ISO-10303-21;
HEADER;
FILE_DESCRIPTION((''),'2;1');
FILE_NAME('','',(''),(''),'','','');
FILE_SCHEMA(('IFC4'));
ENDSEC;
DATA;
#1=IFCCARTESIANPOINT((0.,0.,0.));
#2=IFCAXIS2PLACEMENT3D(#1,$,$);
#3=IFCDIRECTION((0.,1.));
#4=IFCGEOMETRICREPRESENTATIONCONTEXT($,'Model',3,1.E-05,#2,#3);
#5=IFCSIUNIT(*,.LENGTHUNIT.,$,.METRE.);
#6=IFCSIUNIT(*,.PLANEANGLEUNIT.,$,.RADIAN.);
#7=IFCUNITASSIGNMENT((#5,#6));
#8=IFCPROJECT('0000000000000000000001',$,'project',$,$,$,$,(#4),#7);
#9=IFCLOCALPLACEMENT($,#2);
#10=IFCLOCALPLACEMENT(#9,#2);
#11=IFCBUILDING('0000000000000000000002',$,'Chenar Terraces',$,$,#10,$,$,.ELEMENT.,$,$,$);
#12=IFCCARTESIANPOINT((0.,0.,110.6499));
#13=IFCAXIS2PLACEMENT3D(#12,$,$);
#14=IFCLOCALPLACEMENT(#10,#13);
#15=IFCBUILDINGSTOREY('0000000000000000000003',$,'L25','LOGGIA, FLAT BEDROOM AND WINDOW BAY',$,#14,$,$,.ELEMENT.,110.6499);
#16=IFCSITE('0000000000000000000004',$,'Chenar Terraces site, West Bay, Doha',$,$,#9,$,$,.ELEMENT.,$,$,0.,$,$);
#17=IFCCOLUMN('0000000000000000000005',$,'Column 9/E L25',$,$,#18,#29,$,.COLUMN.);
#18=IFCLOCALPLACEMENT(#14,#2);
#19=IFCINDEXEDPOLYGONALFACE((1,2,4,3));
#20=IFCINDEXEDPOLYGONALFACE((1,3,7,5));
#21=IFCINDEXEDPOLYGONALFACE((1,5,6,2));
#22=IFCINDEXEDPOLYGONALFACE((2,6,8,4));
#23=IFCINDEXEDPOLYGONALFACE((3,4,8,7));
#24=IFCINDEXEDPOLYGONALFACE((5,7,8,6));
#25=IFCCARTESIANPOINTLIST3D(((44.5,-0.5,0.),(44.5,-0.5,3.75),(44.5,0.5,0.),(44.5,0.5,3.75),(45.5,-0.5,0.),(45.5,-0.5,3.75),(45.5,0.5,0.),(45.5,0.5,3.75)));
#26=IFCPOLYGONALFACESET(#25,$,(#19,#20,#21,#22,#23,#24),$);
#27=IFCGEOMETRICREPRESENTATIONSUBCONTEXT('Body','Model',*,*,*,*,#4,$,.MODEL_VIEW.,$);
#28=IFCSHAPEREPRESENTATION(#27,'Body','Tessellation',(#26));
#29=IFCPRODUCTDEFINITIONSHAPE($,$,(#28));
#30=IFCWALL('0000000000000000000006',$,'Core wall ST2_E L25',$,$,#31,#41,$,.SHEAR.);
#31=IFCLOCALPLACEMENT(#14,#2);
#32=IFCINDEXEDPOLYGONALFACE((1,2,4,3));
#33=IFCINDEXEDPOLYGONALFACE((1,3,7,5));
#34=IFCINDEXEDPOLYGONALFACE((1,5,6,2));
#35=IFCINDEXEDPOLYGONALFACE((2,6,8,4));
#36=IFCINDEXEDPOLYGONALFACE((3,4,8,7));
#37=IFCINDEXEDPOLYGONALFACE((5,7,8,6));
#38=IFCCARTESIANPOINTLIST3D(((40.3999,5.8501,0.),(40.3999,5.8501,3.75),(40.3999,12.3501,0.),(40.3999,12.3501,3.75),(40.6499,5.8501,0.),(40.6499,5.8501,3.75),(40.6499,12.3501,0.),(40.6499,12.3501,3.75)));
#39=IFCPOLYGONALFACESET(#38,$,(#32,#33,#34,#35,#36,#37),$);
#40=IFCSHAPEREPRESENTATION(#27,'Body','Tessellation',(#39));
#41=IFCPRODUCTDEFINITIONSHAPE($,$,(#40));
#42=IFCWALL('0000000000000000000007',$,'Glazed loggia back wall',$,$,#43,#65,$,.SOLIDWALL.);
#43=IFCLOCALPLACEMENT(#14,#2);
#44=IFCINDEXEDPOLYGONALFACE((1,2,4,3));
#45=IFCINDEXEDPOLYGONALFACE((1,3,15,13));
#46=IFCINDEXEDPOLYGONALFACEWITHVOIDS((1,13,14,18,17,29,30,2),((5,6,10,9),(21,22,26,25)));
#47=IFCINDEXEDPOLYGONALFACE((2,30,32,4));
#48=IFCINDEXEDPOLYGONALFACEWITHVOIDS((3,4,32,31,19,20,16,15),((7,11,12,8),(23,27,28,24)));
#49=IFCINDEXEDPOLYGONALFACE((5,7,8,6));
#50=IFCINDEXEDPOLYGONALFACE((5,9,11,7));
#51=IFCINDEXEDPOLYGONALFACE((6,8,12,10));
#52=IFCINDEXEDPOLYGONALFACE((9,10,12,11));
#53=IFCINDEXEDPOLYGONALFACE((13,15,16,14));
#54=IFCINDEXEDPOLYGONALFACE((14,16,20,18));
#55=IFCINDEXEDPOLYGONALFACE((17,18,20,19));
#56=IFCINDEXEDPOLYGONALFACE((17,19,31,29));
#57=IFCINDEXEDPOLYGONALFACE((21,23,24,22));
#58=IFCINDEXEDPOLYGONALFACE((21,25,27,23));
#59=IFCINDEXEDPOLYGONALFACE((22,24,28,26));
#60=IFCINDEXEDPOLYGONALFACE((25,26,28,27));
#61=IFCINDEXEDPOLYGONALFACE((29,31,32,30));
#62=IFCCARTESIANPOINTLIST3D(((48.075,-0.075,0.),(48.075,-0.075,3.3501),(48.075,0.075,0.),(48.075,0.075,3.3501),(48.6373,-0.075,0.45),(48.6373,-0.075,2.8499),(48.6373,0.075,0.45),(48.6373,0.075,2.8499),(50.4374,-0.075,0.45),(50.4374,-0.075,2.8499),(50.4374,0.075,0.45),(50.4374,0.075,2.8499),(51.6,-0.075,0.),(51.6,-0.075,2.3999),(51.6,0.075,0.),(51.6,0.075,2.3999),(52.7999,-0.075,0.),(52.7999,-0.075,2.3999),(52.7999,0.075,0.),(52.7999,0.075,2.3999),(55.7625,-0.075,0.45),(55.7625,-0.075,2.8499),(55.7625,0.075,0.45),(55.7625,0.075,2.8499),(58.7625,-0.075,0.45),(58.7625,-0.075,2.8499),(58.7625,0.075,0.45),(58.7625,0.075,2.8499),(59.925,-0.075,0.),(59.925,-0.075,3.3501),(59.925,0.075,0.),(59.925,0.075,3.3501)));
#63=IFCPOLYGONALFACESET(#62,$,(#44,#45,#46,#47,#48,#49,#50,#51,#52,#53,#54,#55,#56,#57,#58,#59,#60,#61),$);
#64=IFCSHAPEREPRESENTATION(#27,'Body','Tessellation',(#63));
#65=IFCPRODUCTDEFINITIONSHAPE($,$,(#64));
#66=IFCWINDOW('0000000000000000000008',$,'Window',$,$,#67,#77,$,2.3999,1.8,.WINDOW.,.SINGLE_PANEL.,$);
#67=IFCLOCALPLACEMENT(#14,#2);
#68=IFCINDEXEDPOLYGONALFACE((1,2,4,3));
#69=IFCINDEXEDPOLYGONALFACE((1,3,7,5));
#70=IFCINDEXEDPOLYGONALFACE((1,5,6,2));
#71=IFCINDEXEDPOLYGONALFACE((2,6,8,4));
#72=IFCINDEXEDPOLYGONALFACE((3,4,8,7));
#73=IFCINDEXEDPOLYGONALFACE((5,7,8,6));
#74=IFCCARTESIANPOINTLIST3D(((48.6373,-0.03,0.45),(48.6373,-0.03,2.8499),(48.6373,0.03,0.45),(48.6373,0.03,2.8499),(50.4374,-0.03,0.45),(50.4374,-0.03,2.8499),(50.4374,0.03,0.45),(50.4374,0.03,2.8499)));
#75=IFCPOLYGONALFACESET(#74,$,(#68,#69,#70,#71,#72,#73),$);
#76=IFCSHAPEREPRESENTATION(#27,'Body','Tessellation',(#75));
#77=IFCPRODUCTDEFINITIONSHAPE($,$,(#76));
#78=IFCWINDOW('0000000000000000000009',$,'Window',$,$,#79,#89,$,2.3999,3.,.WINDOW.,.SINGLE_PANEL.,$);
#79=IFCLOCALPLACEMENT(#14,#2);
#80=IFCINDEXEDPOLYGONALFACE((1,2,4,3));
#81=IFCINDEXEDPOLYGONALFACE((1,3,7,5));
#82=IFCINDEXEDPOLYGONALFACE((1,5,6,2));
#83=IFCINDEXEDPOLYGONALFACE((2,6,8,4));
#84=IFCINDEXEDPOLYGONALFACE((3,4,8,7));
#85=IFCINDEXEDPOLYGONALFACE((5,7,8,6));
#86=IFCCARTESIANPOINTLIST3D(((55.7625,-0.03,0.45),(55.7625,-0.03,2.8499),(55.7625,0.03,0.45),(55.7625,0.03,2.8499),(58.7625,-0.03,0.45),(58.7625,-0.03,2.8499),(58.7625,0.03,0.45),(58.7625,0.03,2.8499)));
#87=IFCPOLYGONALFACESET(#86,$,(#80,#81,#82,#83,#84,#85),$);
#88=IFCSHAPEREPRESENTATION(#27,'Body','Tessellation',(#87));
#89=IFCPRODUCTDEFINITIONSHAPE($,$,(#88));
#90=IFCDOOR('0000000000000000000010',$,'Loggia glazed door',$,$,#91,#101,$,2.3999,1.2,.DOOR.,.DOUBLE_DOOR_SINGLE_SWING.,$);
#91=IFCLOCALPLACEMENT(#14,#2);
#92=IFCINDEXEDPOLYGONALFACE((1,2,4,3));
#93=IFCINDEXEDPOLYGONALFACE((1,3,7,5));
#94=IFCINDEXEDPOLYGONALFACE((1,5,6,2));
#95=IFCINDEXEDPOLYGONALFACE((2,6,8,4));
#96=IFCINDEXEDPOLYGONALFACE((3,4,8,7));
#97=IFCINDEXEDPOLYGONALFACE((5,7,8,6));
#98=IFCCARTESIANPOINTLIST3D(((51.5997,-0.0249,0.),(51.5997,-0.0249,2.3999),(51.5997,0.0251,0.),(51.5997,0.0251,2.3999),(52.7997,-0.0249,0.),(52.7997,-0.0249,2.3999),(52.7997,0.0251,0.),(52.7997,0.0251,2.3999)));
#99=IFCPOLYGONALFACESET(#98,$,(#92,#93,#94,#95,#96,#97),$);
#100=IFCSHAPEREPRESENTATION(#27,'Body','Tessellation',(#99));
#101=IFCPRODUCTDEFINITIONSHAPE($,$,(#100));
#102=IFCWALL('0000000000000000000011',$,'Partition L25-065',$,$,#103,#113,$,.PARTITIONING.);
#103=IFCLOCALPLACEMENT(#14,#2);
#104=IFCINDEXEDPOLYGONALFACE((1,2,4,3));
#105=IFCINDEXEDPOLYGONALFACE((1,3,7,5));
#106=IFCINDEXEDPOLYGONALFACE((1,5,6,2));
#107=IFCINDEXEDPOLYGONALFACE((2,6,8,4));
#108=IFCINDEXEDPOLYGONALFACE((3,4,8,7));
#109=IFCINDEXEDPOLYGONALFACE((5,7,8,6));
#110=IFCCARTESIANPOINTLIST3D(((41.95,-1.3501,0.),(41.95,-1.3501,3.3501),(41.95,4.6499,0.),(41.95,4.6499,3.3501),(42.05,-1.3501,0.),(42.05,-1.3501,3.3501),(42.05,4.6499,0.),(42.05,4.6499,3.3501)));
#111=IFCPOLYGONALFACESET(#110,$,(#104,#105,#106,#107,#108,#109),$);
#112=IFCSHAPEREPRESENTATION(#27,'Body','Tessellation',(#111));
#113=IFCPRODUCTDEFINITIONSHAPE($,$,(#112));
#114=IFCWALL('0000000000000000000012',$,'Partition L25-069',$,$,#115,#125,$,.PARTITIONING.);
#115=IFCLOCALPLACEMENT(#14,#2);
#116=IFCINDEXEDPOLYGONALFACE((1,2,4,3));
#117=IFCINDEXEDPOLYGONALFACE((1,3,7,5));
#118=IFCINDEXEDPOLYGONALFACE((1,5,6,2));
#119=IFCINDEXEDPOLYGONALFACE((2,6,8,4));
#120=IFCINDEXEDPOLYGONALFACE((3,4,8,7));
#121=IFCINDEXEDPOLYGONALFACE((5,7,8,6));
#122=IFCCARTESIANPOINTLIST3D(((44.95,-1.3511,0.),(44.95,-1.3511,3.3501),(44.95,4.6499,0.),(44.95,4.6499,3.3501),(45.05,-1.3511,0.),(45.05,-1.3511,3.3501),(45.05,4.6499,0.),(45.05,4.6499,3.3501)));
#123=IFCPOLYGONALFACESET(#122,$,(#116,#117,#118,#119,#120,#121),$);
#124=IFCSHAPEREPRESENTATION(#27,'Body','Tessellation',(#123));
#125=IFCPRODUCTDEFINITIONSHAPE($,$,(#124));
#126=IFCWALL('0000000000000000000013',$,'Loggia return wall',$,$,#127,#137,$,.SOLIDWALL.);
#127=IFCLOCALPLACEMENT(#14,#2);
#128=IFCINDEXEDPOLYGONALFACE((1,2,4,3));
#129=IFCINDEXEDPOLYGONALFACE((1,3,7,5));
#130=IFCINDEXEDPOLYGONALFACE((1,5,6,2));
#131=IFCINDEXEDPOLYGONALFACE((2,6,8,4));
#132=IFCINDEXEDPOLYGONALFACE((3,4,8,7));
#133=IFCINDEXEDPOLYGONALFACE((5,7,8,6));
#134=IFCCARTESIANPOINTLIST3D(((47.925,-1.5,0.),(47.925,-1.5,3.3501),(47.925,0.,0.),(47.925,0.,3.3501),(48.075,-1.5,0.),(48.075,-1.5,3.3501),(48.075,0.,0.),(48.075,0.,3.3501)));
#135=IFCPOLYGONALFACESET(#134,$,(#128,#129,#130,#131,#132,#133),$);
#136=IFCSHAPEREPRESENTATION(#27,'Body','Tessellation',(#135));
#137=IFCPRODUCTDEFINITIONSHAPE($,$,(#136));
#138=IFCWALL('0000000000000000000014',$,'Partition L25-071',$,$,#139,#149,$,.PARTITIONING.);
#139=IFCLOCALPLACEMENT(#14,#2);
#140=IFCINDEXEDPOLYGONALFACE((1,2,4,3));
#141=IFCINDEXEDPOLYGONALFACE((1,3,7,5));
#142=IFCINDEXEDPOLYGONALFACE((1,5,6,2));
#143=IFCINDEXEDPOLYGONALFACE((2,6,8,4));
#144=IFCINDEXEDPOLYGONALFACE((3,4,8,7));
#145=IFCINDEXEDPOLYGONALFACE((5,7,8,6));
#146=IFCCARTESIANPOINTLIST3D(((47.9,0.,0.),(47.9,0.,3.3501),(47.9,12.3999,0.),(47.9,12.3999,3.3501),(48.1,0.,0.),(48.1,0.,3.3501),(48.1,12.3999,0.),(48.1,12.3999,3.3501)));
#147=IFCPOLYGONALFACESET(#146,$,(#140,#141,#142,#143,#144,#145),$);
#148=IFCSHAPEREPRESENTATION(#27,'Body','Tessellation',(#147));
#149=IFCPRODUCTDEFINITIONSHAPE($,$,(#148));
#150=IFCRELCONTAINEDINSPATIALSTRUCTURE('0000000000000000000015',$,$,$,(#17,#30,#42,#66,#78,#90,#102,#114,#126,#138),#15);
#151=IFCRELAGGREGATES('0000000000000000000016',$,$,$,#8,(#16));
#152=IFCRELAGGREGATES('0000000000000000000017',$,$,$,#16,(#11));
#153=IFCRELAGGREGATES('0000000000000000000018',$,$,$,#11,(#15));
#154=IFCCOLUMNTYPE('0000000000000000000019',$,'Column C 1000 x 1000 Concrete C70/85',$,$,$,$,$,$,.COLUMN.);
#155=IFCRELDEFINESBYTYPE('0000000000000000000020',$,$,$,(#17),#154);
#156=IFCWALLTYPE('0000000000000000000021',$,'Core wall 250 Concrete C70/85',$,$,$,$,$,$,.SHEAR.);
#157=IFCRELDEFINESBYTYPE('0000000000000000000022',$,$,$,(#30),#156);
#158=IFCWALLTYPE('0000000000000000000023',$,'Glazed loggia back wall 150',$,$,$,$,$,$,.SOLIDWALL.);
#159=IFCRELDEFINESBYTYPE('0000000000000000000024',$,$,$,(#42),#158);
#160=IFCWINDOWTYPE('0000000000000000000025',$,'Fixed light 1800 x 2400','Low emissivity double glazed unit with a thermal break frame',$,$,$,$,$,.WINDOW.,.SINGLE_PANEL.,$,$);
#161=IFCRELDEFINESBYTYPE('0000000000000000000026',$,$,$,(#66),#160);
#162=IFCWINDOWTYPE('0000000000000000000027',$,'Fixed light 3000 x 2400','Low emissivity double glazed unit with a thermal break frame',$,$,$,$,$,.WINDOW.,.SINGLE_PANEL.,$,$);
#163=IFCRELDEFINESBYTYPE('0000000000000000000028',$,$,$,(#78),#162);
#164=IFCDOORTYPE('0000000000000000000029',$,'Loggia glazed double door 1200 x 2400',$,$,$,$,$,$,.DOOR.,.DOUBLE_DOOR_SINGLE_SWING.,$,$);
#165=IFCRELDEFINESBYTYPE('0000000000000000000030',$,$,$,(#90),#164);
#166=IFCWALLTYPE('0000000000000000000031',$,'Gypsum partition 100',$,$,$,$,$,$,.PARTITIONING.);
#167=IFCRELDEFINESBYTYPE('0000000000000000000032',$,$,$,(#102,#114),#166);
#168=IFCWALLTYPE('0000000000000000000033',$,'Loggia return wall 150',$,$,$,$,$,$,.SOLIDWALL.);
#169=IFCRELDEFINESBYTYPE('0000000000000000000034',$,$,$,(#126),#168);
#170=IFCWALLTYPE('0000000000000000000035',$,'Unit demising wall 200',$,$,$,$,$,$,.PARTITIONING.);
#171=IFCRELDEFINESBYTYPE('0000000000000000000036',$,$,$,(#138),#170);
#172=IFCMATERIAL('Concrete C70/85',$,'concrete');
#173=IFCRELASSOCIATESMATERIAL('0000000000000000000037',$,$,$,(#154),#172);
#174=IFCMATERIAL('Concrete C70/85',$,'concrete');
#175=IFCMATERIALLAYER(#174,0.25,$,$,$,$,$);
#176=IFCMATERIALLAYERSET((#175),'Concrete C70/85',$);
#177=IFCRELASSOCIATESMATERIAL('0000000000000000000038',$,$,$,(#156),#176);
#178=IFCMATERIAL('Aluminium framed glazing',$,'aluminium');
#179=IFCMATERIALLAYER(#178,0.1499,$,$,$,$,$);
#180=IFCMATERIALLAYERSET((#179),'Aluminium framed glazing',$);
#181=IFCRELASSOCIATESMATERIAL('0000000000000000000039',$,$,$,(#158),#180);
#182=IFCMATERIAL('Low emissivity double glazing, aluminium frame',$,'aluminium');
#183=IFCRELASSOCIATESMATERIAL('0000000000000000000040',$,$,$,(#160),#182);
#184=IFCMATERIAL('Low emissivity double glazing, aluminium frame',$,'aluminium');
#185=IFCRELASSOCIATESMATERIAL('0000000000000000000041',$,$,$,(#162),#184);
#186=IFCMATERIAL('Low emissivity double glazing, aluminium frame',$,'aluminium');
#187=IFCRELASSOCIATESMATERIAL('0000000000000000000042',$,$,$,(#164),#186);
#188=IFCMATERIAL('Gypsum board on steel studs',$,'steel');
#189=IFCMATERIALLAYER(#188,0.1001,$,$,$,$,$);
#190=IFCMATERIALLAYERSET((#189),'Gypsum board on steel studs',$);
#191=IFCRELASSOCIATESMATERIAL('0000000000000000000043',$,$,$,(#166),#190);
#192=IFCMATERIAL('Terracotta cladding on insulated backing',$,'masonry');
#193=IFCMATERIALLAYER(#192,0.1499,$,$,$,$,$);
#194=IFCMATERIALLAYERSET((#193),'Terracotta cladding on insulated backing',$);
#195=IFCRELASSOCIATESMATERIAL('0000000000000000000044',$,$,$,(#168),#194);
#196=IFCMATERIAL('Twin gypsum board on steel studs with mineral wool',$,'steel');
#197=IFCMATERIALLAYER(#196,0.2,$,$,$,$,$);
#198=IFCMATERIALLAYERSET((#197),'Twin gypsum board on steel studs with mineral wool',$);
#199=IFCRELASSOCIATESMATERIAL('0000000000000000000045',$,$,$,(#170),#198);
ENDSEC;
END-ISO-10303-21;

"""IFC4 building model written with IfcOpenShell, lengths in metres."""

from ifc_helpers import new_model, si_unit, direction, frame, frame_2d, origin, origin_2d, place, context, subcontext, project, spatial, rectangle, extrude, material, layer, layer_set, material_profile, profile_set, type_object, element, fill, save


model = new_model("IFC4")

# Units and contexts
model_context = context("Model", 3, precision=1e-05, world=origin(), true_north=direction((0.0, 1.0)))
body_context = subcontext(model_context, "Body", "Model", "MODEL_VIEW")
ifc_project = project(units=[si_unit("LENGTHUNIT", "METRE"), si_unit("PLANEANGLEUNIT", "RADIAN")], contexts=[model_context])

# Site, building, storey
site_placement = place(None, origin())
site = spatial("IfcSite", under=ifc_project, at=site_placement, Name="Chenar Terraces site, West Bay, Doha", CompositionType="ELEMENT", RefElevation=0.0)
building_placement = place(site_placement, origin())
building = spatial("IfcBuilding", under=site, at=building_placement, Name="Chenar Terraces", CompositionType="ELEMENT")
storey_placement = place(building_placement, frame((0.0, 0.0, 110.6499)))
storey = spatial("IfcBuildingStorey", under=building, at=storey_placement, Name="L25", Description="LOGGIA, FLAT BEDROOM AND WINDOW BAY", CompositionType="ELEMENT", Elevation=110.6499)

# Column
ifc_material_1 = material(Name="Concrete C70/85", Category="concrete")
ifc_material_profile = material_profile(ifc_material_1, rectangle(XDim=1.0, YDim=1.0, at=origin_2d()), Name="C 1000 x 1000")
ifc_profile_set = profile_set([ifc_material_profile], Name="Concrete C70/85")
column_type = type_object("IfcColumnType", Name="Column C 1000 x 1000 Concrete C70/85", PredefinedType="COLUMN", material=ifc_profile_set)
column_placement = place(storey_placement, frame((45.0, 0.0, 0.0), z_axis=(0.0, 0.0, 1.0), x_axis=(1.0, 0.0, 0.0)))
element("IfcColumn", 1, at=column_placement, inside=storey, type_object=column_type, Name="Column 9/E L25", PredefinedType="COLUMN", context=body_context, shape_type="SweptSolid", body=[
    extrude(rectangle(XDim=1.0, YDim=1.0, at=origin_2d()), origin(), (0.0, 0.0, 1.0), 3.75),
])

# Wall
ifc_material_2 = material(Name="Concrete C70/85", Category="concrete")
ifc_layer_1 = layer(ifc_material_2, 0.25)
ifc_layer_set_1 = layer_set([ifc_layer_1], Name="Concrete C70/85")
wall_type_1 = type_object("IfcWallType", Name="Core wall 250 Concrete C70/85", PredefinedType="SHEAR", material=ifc_layer_set_1)
wall_1_placement = place(storey_placement, frame((40.5249, 5.8501, 0.0), z_axis=(0.0, 0.0, 1.0), x_axis=(0.0, 1.0, 0.0)))
element("IfcWall", 2, at=wall_1_placement, inside=storey, type_object=wall_type_1, Name="Core wall ST2_E L25", PredefinedType="SHEAR", context=body_context, shape_type="SweptSolid", body=[
    extrude(rectangle(XDim=6.5, YDim=0.25, at=frame_2d((3.25, 0.0))), origin(), (0.0, 0.0, 1.0), 3.75),
])

# Wall, openings, windows, door
ifc_material_3 = material(Name="Aluminium framed glazing", Category="aluminium")
ifc_layer_2 = layer(ifc_material_3, 0.1499)
ifc_layer_set_2 = layer_set([ifc_layer_2], Name="Aluminium framed glazing")
wall_type_2 = type_object("IfcWallType", Name="Glazed loggia back wall 150", PredefinedType="SOLIDWALL", material=ifc_layer_set_2)
wall_2_placement = place(storey_placement, frame((48.075, 0.0, 0.0), z_axis=(0.0, 0.0, 1.0), x_axis=(1.0, 0.0, 0.0)))
wall_2 = element("IfcWall", 3, at=wall_2_placement, inside=storey, type_object=wall_type_2, Name="Glazed loggia back wall", PredefinedType="SOLIDWALL", context=body_context, shape_type="SweptSolid", body=[
    extrude(rectangle(XDim=11.8501, YDim=0.1499, at=frame_2d((5.925, 0.0))), origin(), (0.0, 0.0, 1.0), 3.3501),
])
opening_1_placement = place(wall_2_placement, frame((0.5625, 0.0, 0.45)))
opening_1 = element("IfcOpeningElement", 4, at=opening_1_placement, cuts=wall_2, PredefinedType="OPENING", context=body_context, shape_type="SweptSolid", body=[
    extrude(rectangle(XDim=1.8, YDim=2.3999, at=frame_2d((0.8999, 1.2))), frame((0.0, 0.085, 0.0), z_axis=(0.0, -1.0, 0.0), x_axis=(1.0, 0.0, 0.0)), (0.0, 0.0, 1.0), 0.1699),
])
opening_2_placement = place(wall_2_placement, frame((3.5249, 0.0, 0.0)))
opening_2 = element("IfcOpeningElement", 5, at=opening_2_placement, cuts=wall_2, PredefinedType="OPENING", context=body_context, shape_type="SweptSolid", body=[
    extrude(rectangle(XDim=1.2, YDim=2.3999, at=frame_2d((0.6001, 1.2))), frame((0.0, 0.085, 0.0), z_axis=(0.0, -1.0, 0.0), x_axis=(1.0, 0.0, 0.0)), (0.0, 0.0, 1.0), 0.1699),
])
opening_3_placement = place(wall_2_placement, frame((7.6875, 0.0, 0.45)))
opening_3 = element("IfcOpeningElement", 6, at=opening_3_placement, cuts=wall_2, PredefinedType="OPENING", context=body_context, shape_type="SweptSolid", body=[
    extrude(rectangle(XDim=3.0, YDim=2.3999, at=frame_2d((1.5, 1.2))), frame((0.0, 0.085, 0.0), z_axis=(0.0, -1.0, 0.0), x_axis=(1.0, 0.0, 0.0)), (0.0, 0.0, 1.0), 0.1699),
])
ifc_material_4 = material(Name="Low emissivity double glazing, aluminium frame", Category="aluminium")
window_type_1 = type_object("IfcWindowType", Name="Fixed light 1800 x 2400", Description="Low emissivity double glazed unit with a thermal break frame", PartitioningType="SINGLE_PANEL", PredefinedType="WINDOW", material=ifc_material_4)
window_1_placement = place(opening_1_placement, origin())
window_1 = element("IfcWindow", 7, at=window_1_placement, inside=storey, type_object=window_type_1, Name="Window", OverallHeight=2.3999, OverallWidth=1.8, PartitioningType="SINGLE_PANEL", PredefinedType="WINDOW", context=body_context, shape_type="SweptSolid", body=[
    extrude(rectangle(XDim=1.8, YDim=2.3999, at=frame_2d((0.8999, 1.2))), frame((0.0, 0.03, 0.0), z_axis=(0.0, -1.0, 0.0), x_axis=(1.0, 0.0, 0.0)), (0.0, 0.0, 1.0), 0.0601),
])
fill(opening_1, window_1)
ifc_material_5 = material(Name="Low emissivity double glazing, aluminium frame", Category="aluminium")
window_type_2 = type_object("IfcWindowType", Name="Fixed light 3000 x 2400", Description="Low emissivity double glazed unit with a thermal break frame", PartitioningType="SINGLE_PANEL", PredefinedType="WINDOW", material=ifc_material_5)
window_2_placement = place(opening_3_placement, origin())
window_2 = element("IfcWindow", 8, at=window_2_placement, inside=storey, type_object=window_type_2, Name="Window", OverallHeight=2.3999, OverallWidth=3.0, PartitioningType="SINGLE_PANEL", PredefinedType="WINDOW", context=body_context, shape_type="SweptSolid", body=[
    extrude(rectangle(XDim=3.0, YDim=2.3999, at=frame_2d((1.5, 1.2))), frame((0.0, 0.03, 0.0), z_axis=(0.0, -1.0, 0.0), x_axis=(1.0, 0.0, 0.0)), (0.0, 0.0, 1.0), 0.0601),
])
fill(opening_3, window_2)
ifc_material_6 = material(Name="Low emissivity double glazing, aluminium frame", Category="aluminium")
door_type_1 = type_object("IfcDoorType", Name="Loggia glazed double door 1200 x 2400", OperationType="DOUBLE_DOOR_SINGLE_SWING", PredefinedType="DOOR", material=ifc_material_6)
door_1_placement = place(opening_2_placement, frame((1.2, 0.0, 0.0), z_axis=(0.0, 0.0, 1.0), x_axis=(-1.0, 0.0, 0.0)))
door_1 = element("IfcDoor", 9, at=door_1_placement, inside=storey, type_object=door_type_1, Name="Loggia glazed door", OperationType="DOUBLE_DOOR_SINGLE_SWING", OverallHeight=2.3999, OverallWidth=1.2, PredefinedType="DOOR", context=body_context, shape_type="SweptSolid", body=[
    extrude(rectangle(XDim=1.2, YDim=2.3999, at=frame_2d((0.6001, 1.2))), frame((0.0, 0.0249, 0.0), z_axis=(0.0, -1.0, 0.0), x_axis=(1.0, 0.0, 0.0)), (0.0, 0.0, 1.0), 0.05),
])
fill(opening_2, door_1)

# Walls
ifc_material_7 = material(Name="Gypsum board on steel studs", Category="steel")
ifc_layer_3 = layer(ifc_material_7, 0.1001)
ifc_layer_set_3 = layer_set([ifc_layer_3], Name="Gypsum board on steel studs")
wall_type_3 = type_object("IfcWallType", Name="Gypsum partition 100", PredefinedType="PARTITIONING", material=ifc_layer_set_3)
wall_3_placement = place(storey_placement, frame((42.0, -1.3501, 0.0), z_axis=(0.0, 0.0, 1.0), x_axis=(0.0, 1.0, 0.0)))
element("IfcWall", 10, at=wall_3_placement, inside=storey, type_object=wall_type_3, Name="Partition L25-065", PredefinedType="PARTITIONING", context=body_context, shape_type="SweptSolid", body=[
    extrude(rectangle(XDim=6.0, YDim=0.1001, at=frame_2d((3.0, 0.0))), origin(), (0.0, 0.0, 1.0), 3.3501),
])
wall_4_placement = place(storey_placement, frame((45.0, -1.3511, 0.0), z_axis=(0.0, 0.0, 1.0), x_axis=(0.0, 1.0, 0.0)))
element("IfcWall", 11, at=wall_4_placement, inside=storey, type_object=wall_type_3, Name="Partition L25-069", PredefinedType="PARTITIONING", context=body_context, shape_type="SweptSolid", body=[
    extrude(rectangle(XDim=6.001, YDim=0.1001, at=frame_2d((3.0005, 0.0))), origin(), (0.0, 0.0, 1.0), 3.3501),
])
ifc_material_8 = material(Name="Terracotta cladding on insulated backing", Category="masonry")
ifc_layer_4 = layer(ifc_material_8, 0.1499)
ifc_layer_set_4 = layer_set([ifc_layer_4], Name="Terracotta cladding on insulated backing")
wall_type_4 = type_object("IfcWallType", Name="Loggia return wall 150", PredefinedType="SOLIDWALL", material=ifc_layer_set_4)
wall_5_placement = place(storey_placement, frame((48.0, -1.5, 0.0), z_axis=(0.0, 0.0, 1.0), x_axis=(0.0, 1.0, 0.0)))
element("IfcWall", 12, at=wall_5_placement, inside=storey, type_object=wall_type_4, Name="Loggia return wall", PredefinedType="SOLIDWALL", context=body_context, shape_type="SweptSolid", body=[
    extrude(rectangle(XDim=1.5, YDim=0.1499, at=frame_2d((0.75, 0.0))), origin(), (0.0, 0.0, 1.0), 3.3501),
])
ifc_material_9 = material(Name="Twin gypsum board on steel studs with mineral wool", Category="steel")
ifc_layer_5 = layer(ifc_material_9, 0.2)
ifc_layer_set_5 = layer_set([ifc_layer_5], Name="Twin gypsum board on steel studs with mineral wool")
wall_type_5 = type_object("IfcWallType", Name="Unit demising wall 200", PredefinedType="PARTITIONING", material=ifc_layer_set_5)
wall_6_placement = place(storey_placement, frame((48.0, 0.0, 0.0), z_axis=(0.0, 0.0, 1.0), x_axis=(0.0, 1.0, 0.0)))
element("IfcWall", 13, at=wall_6_placement, inside=storey, type_object=wall_type_5, Name="Partition L25-071", PredefinedType="PARTITIONING", context=body_context, shape_type="SweptSolid", body=[
    extrude(rectangle(XDim=12.3999, YDim=0.2, at=frame_2d((6.2, 0.0))), origin(), (0.0, 0.0, 1.0), 3.3501),
])

save(model, "model.ifc")
